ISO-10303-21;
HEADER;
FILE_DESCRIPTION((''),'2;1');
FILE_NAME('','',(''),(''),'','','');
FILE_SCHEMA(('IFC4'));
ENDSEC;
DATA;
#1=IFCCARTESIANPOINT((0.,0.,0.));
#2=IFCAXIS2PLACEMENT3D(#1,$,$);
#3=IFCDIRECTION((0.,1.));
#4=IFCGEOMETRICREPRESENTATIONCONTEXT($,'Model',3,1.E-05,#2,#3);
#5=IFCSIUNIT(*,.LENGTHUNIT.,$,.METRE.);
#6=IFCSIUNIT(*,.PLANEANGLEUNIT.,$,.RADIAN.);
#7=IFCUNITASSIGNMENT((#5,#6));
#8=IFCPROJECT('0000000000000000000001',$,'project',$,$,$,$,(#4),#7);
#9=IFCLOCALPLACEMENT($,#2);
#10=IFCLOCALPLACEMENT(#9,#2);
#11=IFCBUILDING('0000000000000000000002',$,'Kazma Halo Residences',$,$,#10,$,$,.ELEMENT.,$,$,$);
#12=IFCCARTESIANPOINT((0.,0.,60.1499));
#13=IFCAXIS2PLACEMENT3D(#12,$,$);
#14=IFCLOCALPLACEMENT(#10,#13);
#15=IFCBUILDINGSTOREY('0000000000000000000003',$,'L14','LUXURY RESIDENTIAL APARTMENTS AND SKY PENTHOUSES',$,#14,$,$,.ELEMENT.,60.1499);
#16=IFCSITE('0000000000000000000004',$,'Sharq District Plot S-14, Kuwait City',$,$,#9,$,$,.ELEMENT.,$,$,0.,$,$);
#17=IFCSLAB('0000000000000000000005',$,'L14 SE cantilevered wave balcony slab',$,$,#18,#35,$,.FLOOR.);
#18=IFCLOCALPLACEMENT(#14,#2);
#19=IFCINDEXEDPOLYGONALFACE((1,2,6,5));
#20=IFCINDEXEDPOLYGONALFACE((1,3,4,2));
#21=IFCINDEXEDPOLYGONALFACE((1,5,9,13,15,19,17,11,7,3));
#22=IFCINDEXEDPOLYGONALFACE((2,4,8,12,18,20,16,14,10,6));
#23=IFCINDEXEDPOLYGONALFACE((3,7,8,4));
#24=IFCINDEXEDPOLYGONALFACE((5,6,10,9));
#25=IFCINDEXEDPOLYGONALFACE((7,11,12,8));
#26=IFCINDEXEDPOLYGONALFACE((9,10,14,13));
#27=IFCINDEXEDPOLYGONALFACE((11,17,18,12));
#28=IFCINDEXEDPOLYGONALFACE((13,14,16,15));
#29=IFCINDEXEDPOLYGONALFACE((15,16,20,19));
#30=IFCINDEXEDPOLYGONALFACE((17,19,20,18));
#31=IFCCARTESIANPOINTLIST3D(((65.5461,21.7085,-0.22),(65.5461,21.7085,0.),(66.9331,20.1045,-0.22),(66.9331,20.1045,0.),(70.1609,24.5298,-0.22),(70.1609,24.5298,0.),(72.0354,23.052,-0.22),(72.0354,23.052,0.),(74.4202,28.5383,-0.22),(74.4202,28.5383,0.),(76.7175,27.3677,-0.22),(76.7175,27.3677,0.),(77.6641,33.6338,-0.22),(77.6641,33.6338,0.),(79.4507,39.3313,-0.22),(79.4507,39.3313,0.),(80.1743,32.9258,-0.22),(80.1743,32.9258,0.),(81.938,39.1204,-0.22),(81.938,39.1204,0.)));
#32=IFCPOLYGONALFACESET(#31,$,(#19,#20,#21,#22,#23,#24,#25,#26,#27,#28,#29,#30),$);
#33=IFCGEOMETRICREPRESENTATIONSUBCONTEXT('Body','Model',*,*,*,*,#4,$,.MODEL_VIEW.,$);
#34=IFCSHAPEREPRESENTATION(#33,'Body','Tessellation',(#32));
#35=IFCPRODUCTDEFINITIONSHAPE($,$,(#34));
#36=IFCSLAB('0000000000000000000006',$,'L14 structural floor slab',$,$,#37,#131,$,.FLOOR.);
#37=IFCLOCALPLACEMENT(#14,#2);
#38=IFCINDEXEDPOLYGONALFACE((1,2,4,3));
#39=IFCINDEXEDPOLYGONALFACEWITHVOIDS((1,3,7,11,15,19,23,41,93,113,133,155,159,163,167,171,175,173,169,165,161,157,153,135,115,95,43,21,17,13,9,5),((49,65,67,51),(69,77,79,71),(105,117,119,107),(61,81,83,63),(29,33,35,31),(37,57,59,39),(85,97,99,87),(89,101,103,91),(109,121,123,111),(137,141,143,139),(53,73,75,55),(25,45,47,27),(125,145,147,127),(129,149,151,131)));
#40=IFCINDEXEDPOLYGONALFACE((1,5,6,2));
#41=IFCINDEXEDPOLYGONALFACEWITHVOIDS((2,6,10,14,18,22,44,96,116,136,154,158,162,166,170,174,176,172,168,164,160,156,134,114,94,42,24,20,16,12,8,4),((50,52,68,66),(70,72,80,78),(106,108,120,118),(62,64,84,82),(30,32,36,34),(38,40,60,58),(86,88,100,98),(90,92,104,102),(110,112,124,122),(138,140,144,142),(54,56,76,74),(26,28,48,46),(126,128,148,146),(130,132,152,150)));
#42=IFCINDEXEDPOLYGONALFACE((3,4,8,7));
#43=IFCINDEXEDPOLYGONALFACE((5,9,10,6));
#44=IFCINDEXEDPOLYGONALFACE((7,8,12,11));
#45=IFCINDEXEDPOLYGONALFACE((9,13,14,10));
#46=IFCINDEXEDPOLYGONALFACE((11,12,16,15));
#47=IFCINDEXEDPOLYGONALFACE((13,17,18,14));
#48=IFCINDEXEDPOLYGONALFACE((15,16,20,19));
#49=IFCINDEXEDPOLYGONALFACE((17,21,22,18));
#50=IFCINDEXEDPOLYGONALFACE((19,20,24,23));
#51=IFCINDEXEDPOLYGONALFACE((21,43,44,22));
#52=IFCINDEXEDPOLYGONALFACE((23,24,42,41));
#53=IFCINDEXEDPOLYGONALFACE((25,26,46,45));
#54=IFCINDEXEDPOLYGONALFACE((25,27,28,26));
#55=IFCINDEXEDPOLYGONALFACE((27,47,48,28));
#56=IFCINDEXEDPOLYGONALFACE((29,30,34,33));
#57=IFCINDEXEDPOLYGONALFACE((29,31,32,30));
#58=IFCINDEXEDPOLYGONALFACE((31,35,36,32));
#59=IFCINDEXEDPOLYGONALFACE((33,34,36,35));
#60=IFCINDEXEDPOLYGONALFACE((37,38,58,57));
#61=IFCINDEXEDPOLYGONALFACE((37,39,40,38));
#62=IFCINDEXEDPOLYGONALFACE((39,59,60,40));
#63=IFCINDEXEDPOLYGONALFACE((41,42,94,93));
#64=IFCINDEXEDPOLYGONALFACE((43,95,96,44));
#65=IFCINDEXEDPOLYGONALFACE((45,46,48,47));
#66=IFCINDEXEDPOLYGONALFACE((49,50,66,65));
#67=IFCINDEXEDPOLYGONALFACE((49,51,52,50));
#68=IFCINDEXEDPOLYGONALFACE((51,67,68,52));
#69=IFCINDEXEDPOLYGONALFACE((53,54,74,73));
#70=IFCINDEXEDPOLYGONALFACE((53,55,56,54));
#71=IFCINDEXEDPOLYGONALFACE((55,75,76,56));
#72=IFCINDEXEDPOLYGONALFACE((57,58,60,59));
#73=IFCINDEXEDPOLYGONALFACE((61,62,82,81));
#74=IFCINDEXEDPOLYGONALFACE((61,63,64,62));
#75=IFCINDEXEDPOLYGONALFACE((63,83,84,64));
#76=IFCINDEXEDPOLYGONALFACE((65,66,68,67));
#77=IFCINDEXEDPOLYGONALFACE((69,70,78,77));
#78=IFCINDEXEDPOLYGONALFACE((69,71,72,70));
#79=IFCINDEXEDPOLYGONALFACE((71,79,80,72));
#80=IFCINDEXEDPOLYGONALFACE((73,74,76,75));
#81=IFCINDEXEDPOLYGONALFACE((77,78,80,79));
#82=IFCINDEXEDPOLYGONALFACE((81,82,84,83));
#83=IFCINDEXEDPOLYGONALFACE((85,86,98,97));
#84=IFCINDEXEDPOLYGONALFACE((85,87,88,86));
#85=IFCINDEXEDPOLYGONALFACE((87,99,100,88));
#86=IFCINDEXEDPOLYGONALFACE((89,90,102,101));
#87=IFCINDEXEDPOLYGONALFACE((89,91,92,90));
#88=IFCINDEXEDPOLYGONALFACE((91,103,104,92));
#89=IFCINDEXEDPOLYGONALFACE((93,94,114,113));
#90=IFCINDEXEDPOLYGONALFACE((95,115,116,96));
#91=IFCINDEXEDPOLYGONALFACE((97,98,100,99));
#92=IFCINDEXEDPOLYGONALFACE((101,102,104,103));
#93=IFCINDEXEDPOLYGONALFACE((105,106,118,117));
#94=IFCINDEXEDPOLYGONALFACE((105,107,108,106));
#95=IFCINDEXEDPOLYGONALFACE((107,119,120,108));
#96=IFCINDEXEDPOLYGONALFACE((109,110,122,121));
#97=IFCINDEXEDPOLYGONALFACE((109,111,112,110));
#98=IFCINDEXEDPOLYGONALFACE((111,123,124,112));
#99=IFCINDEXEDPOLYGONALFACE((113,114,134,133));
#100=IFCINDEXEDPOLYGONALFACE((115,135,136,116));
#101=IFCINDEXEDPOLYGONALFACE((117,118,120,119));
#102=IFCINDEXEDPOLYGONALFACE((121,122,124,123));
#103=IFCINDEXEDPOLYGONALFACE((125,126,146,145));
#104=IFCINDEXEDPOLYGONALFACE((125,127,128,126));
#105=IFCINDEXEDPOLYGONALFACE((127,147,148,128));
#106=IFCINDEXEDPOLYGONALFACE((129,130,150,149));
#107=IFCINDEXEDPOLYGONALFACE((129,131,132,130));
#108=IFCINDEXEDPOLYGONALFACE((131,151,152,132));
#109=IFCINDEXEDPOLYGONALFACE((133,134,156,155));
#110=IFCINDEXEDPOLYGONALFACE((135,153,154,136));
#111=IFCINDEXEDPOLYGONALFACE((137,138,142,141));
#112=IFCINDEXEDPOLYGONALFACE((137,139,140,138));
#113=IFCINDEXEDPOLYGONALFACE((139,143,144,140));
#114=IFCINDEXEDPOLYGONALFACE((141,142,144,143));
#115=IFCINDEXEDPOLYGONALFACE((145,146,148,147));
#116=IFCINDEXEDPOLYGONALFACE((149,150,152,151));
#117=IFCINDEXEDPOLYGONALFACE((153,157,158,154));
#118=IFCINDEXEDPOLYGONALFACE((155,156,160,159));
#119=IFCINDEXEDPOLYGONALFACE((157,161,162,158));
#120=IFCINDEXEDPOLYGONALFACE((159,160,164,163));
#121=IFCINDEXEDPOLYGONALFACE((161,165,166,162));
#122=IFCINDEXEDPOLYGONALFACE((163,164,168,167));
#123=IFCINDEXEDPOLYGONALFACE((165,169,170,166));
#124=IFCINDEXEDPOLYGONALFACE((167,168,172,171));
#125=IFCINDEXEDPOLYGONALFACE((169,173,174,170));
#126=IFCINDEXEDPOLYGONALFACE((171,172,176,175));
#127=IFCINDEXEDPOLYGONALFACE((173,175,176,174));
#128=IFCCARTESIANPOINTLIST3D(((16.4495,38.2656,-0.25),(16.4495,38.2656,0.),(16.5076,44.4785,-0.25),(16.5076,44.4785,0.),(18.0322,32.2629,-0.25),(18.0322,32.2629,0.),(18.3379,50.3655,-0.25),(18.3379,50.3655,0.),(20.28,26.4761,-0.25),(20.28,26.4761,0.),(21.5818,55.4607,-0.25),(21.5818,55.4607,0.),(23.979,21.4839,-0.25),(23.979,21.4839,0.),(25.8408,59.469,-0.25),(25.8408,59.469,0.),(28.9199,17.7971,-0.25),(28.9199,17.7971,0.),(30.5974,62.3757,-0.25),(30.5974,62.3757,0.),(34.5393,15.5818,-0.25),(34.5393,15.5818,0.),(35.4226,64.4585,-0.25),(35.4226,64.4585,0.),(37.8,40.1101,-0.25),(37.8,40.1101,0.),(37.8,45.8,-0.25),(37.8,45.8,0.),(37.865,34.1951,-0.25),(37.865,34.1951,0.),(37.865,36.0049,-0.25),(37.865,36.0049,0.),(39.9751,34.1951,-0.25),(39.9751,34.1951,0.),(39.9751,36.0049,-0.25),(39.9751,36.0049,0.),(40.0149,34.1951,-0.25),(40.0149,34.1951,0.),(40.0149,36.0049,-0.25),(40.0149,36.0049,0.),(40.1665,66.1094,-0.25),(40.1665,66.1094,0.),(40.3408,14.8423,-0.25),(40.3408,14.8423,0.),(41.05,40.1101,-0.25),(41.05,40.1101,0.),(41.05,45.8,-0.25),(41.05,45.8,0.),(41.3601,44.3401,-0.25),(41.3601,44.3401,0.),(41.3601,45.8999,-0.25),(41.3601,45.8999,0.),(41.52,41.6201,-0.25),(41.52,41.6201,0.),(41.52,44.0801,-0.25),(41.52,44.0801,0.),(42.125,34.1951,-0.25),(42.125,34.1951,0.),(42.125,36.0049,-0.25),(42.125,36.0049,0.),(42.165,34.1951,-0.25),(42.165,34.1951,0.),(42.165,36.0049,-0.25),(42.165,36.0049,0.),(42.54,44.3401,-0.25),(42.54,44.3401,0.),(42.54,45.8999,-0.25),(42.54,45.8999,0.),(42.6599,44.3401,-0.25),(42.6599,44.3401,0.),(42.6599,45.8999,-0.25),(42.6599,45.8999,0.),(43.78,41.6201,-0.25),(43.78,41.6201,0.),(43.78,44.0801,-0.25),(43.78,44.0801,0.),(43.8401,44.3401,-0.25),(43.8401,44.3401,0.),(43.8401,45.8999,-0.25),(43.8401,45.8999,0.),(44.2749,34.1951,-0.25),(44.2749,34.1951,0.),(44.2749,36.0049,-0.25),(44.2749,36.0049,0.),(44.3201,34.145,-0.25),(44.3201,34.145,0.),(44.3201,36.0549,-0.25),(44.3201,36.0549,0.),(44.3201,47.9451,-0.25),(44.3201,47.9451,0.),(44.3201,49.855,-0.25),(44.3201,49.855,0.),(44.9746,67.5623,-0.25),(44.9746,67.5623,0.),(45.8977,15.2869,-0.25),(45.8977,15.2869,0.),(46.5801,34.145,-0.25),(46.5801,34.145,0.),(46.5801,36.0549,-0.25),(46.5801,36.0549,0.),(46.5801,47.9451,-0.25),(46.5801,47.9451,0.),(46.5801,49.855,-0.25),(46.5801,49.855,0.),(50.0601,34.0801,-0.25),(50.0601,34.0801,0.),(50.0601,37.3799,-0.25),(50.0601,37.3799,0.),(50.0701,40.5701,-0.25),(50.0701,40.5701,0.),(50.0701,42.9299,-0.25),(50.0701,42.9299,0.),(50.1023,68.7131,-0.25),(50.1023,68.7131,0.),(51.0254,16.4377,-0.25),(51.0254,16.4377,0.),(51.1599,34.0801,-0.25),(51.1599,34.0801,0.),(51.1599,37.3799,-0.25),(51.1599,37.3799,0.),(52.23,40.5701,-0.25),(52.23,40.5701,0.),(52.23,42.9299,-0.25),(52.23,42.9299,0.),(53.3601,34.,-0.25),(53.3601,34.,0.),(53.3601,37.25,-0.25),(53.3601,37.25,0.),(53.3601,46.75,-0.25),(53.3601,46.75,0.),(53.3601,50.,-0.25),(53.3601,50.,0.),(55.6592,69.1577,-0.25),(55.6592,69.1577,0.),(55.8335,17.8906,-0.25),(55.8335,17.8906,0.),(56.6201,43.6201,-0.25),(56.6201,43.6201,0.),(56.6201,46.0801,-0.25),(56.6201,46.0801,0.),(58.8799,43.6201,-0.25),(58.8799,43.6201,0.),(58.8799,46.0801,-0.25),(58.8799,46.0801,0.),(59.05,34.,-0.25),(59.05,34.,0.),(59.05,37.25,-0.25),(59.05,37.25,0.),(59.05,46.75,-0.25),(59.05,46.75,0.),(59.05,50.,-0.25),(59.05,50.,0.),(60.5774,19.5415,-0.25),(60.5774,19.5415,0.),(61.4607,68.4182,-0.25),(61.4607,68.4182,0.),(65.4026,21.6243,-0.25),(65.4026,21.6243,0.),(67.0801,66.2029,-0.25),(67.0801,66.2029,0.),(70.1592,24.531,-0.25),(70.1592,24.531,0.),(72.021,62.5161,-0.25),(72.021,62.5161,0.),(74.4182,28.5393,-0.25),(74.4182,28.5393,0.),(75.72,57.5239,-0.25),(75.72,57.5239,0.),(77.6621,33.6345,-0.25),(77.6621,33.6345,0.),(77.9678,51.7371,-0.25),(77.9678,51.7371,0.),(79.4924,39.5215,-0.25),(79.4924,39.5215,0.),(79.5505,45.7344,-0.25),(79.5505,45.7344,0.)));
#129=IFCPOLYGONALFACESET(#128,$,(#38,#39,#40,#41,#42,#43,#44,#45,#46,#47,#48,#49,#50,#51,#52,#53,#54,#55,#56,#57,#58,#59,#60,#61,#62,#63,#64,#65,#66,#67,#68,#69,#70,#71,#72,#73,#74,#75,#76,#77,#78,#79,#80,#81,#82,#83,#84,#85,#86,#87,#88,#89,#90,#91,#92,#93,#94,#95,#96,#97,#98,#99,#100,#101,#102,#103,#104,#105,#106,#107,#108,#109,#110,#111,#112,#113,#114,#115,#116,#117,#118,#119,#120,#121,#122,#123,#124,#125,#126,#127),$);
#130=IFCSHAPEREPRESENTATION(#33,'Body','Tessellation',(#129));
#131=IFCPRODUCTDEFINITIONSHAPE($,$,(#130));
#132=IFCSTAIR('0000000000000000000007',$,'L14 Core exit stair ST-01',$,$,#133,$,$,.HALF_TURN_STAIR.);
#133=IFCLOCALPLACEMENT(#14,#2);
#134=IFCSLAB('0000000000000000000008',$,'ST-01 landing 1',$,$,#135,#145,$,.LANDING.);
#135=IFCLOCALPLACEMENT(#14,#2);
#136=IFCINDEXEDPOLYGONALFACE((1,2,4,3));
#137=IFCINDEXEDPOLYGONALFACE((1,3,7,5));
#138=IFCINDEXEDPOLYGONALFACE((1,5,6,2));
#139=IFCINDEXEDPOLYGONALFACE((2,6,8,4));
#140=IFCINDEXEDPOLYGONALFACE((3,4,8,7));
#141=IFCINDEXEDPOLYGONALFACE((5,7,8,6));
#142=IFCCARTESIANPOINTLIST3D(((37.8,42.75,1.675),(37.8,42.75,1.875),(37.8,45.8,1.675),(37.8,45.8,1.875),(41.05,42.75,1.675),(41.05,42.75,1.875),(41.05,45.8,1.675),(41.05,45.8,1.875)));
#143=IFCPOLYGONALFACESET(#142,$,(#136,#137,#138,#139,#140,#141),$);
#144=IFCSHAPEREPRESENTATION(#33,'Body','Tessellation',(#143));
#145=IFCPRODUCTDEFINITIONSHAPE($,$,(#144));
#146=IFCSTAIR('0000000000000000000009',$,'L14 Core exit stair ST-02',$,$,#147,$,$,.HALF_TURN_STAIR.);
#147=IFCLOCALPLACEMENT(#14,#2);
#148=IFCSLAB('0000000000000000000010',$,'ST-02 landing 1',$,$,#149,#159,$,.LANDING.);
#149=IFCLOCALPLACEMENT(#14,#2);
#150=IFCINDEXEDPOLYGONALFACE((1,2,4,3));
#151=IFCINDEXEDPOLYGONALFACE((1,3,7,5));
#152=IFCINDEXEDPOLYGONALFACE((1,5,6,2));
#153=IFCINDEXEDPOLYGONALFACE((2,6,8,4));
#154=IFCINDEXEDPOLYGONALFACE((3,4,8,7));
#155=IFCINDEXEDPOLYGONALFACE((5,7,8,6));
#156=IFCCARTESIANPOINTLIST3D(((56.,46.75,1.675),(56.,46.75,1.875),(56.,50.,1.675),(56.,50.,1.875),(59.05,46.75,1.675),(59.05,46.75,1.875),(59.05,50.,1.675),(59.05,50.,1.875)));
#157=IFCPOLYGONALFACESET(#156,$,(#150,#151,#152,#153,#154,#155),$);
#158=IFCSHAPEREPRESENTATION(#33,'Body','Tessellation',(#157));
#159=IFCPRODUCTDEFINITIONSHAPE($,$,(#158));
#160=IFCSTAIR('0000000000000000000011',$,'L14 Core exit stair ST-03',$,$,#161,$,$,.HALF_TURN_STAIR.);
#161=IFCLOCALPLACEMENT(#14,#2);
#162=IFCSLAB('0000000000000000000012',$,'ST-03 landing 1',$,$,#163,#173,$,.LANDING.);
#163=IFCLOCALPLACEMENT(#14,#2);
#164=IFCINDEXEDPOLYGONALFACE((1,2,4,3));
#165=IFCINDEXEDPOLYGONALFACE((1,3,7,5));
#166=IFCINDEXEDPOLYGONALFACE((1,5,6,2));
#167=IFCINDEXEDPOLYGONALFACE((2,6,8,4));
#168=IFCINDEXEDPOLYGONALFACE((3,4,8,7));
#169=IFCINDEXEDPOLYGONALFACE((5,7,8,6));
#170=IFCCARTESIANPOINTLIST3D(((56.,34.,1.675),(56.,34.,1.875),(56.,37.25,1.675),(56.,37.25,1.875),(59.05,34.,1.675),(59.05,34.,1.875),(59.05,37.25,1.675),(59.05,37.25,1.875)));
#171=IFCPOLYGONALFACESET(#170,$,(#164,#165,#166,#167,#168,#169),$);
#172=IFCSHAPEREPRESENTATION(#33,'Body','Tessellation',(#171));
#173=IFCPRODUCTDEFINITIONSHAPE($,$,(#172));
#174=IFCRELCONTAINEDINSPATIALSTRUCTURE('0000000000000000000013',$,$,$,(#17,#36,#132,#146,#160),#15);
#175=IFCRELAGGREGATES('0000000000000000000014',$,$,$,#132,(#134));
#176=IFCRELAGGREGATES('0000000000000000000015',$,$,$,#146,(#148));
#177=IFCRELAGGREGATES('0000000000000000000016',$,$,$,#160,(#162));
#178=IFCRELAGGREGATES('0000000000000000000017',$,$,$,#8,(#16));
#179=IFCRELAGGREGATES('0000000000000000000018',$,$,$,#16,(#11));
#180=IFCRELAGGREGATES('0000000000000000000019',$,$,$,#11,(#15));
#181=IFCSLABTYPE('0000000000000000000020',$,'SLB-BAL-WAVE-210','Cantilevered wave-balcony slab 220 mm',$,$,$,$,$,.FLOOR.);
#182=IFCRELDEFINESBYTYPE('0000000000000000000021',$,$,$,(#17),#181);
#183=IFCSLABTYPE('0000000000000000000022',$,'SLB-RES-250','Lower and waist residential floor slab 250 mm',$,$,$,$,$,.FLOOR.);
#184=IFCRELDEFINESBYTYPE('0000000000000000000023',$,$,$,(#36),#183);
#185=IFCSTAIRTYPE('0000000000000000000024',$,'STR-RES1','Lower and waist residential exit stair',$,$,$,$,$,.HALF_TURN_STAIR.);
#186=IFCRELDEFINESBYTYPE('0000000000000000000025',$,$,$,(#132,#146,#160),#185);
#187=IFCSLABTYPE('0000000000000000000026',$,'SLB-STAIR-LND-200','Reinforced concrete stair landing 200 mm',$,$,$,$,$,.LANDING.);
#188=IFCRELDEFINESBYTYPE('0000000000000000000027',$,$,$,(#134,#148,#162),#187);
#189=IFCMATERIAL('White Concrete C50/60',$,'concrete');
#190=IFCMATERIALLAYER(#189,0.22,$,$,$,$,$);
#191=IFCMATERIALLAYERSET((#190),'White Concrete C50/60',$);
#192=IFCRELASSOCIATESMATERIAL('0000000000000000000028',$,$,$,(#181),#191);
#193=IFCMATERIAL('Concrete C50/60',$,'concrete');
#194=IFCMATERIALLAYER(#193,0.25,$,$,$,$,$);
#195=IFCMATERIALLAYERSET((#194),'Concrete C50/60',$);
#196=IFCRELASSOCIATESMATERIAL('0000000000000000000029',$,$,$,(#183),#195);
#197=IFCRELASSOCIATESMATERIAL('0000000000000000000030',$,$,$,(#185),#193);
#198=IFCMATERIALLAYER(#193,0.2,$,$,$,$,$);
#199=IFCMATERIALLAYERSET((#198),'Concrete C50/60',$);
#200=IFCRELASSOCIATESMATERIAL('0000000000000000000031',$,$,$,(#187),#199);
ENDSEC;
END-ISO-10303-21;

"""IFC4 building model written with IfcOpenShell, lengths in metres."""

from ifc_helpers import new_model, si_unit, direction, frame, origin, place, context, subcontext, project, spatial, polyline, outline, extrude, material, layer, layer_set, type_object, element, aggregate, save


model = new_model("IFC4")

# Units and contexts
model_context = context("Model", 3, precision=1e-05, world=origin(), true_north=direction((0.0, 1.0)))
body_context = subcontext(model_context, "Body", "Model", "MODEL_VIEW")
ifc_project = project(units=[si_unit("LENGTHUNIT", "METRE"), si_unit("PLANEANGLEUNIT", "RADIAN")], contexts=[model_context])

# Site, building, storey
site_placement = place(None, origin())
site = spatial("IfcSite", under=ifc_project, at=site_placement, Name="Sharq District Plot S-14, Kuwait City", CompositionType="ELEMENT", RefElevation=0.0)
building_placement = place(site_placement, origin())
building = spatial("IfcBuilding", under=site, at=building_placement, Name="Kazma Halo Residences", CompositionType="ELEMENT")
storey_placement = place(building_placement, frame((0.0, 0.0, 60.1499)))
storey = spatial("IfcBuildingStorey", under=building, at=storey_placement, Name="L14", Description="LUXURY RESIDENTIAL APARTMENTS AND SKY PENTHOUSES", CompositionType="ELEMENT", Elevation=60.1499)

# Slabs
ifc_material_1 = material(Name="White Concrete C50/60", Category="concrete")
ifc_layer_1 = layer(ifc_material_1, 0.22)
ifc_layer_set_1 = layer_set([ifc_layer_1], Name="White Concrete C50/60")
slab_type_1 = type_object("IfcSlabType", Name="SLB-BAL-WAVE-210", Description="Cantilevered wave-balcony slab 220 mm", PredefinedType="FLOOR", material=ifc_layer_set_1)
slab_1_placement = place(storey_placement, frame((0.0, 0.0, -0.22)))
element("IfcSlab", 1, at=slab_1_placement, inside=storey, type_object=slab_type_1, Name="L14 SE cantilevered wave balcony slab", PredefinedType="FLOOR", context=body_context, shape_type="SweptSolid", body=[
    extrude(outline(polyline([(65.5461, 21.7085), (70.1609, 24.5298), (74.4202, 28.5383), (77.6641, 33.6338), (79.4507, 39.3313), (81.938, 39.1204), (80.1743, 32.9258), (76.7175, 27.3677), (72.0354, 23.052), (66.9331, 20.1045), (65.5461, 21.7085)])), origin(), (0.0, 0.0, 1.0), 0.22),
])
ifc_material_2 = material(Name="Concrete C50/60", Category="concrete")
ifc_layer_2 = layer(ifc_material_2, 0.25)
ifc_layer_set_2 = layer_set([ifc_layer_2], Name="Concrete C50/60")
slab_type_2 = type_object("IfcSlabType", Name="SLB-RES-250", Description="Lower and waist residential floor slab 250 mm", PredefinedType="FLOOR", material=ifc_layer_set_2)
slab_2_placement = place(storey_placement, frame((0.0, 0.0, -0.25)))
element("IfcSlab", 2, at=slab_2_placement, inside=storey, type_object=slab_type_2, Name="L14 structural floor slab", PredefinedType="FLOOR", context=body_context, shape_type="SweptSolid", body=[
    extrude(outline(polyline([(77.9678, 51.7371), (75.72, 57.5239), (72.021, 62.5161), (67.0801, 66.2029), (61.4607, 68.4182), (55.6592, 69.1577), (50.1023, 68.7131), (44.9746, 67.5623), (40.1665, 66.1094), (35.4226, 64.4585), (30.5974, 62.3757), (25.8408, 59.469), (21.5818, 55.4607), (18.3379, 50.3655), (16.5076, 44.4785), (16.4495, 38.2656), (18.0322, 32.2629), (20.28, 26.4761), (23.979, 21.4839), (28.9199, 17.7971), (34.5393, 15.5818), (40.3408, 14.8423), (45.8977, 15.2869), (51.0254, 16.4377), (55.8335, 17.8906), (60.5774, 19.5415), (65.4026, 21.6243), (70.1592, 24.531), (74.4182, 28.5393), (77.6621, 33.6345), (79.4924, 39.5215), (79.5505, 45.7344), (77.9678, 51.7371)]), holes=[polyline([(37.8, 40.1101), (41.05, 40.1101), (41.05, 45.8), (37.8, 45.8), (37.8, 40.1101)]), polyline([(53.3601, 46.75), (59.05, 46.75), (59.05, 50.0), (53.3601, 50.0), (53.3601, 46.75)]), polyline([(53.3601, 34.0), (59.05, 34.0), (59.05, 37.25), (53.3601, 37.25), (53.3601, 34.0)]), polyline([(41.52, 41.6201), (43.78, 41.6201), (43.78, 44.0801), (41.52, 44.0801), (41.52, 41.6201)]), polyline([(56.6201, 43.6201), (58.8799, 43.6201), (58.8799, 46.0801), (56.6201, 46.0801), (56.6201, 43.6201)]), polyline([(37.865, 34.1951), (39.9751, 34.1951), (39.9751, 36.0049), (37.865, 36.0049), (37.865, 34.1951)]), polyline([(40.0149, 34.1951), (42.125, 34.1951), (42.125, 36.0049), (40.0149, 36.0049), (40.0149, 34.1951)]), polyline([(42.165, 34.1951), (44.2749, 34.1951), (44.2749, 36.0049), (42.165, 36.0049), (42.165, 34.1951)]), polyline([(44.3201, 47.9451), (46.5801, 47.9451), (46.5801, 49.855), (44.3201, 49.855), (44.3201, 47.9451)]), polyline([(44.3201, 34.145), (46.5801, 34.145), (46.5801, 36.0549), (44.3201, 36.0549), (44.3201, 34.145)]), polyline([(50.0701, 40.5701), (52.23, 40.5701), (52.23, 42.9299), (50.0701, 42.9299), (50.0701, 40.5701)]), polyline([(41.3601, 44.3401), (42.54, 44.3401), (42.54, 45.8999), (41.3601, 45.8999), (41.3601, 44.3401)]), polyline([(42.6599, 44.3401), (43.8401, 44.3401), (43.8401, 45.8999), (42.6599, 45.8999), (42.6599, 44.3401)]), polyline([(50.0601, 34.0801), (51.1599, 34.0801), (51.1599, 37.3799), (50.0601, 37.3799), (50.0601, 34.0801)])]), origin(), (0.0, 0.0, 1.0), 0.25),
])

# Stairs, slabs
stair_type = type_object("IfcStairType", Name="STR-RES1", Description="Lower and waist residential exit stair", PredefinedType="HALF_TURN_STAIR", material=ifc_material_2)
stair_1_placement = place(storey_placement, origin())
stair_1 = element("IfcStair", 3, at=stair_1_placement, inside=storey, type_object=stair_type, Name="L14 Core exit stair ST-01", PredefinedType="HALF_TURN_STAIR")
ifc_layer_3 = layer(ifc_material_2, 0.2)
ifc_layer_set_3 = layer_set([ifc_layer_3], Name="Concrete C50/60")
slab_type_3 = type_object("IfcSlabType", Name="SLB-STAIR-LND-200", Description="Reinforced concrete stair landing 200 mm", PredefinedType="LANDING", material=ifc_layer_set_3)
slab_3_placement = place(storey_placement, frame((0.0, 0.0, 1.675)))
slab_3 = element("IfcSlab", 4, at=slab_3_placement, type_object=slab_type_3, Name="ST-01 landing 1", PredefinedType="LANDING", context=body_context, shape_type="SweptSolid", body=[
    extrude(outline(polyline([(41.05, 42.75), (41.05, 45.8), (37.8, 45.8), (37.8, 42.75), (41.05, 42.75)])), origin(), (0.0, 0.0, 1.0), 0.2),
])
aggregate(stair_1, [slab_3])
stair_2_placement = place(storey_placement, origin())
stair_2 = element("IfcStair", 5, at=stair_2_placement, inside=storey, type_object=stair_type, Name="L14 Core exit stair ST-02", PredefinedType="HALF_TURN_STAIR")
slab_4_placement = place(storey_placement, frame((0.0, 0.0, 1.675)))
slab_4 = element("IfcSlab", 6, at=slab_4_placement, type_object=slab_type_3, Name="ST-02 landing 1", PredefinedType="LANDING", context=body_context, shape_type="SweptSolid", body=[
    extrude(outline(polyline([(56.0, 46.75), (59.05, 46.75), (59.05, 50.0), (56.0, 50.0), (56.0, 46.75)])), origin(), (0.0, 0.0, 1.0), 0.2),
])
aggregate(stair_2, [slab_4])
stair_3_placement = place(storey_placement, origin())
stair_3 = element("IfcStair", 7, at=stair_3_placement, inside=storey, type_object=stair_type, Name="L14 Core exit stair ST-03", PredefinedType="HALF_TURN_STAIR")
slab_5_placement = place(storey_placement, frame((0.0, 0.0, 1.675)))
slab_5 = element("IfcSlab", 8, at=slab_5_placement, type_object=slab_type_3, Name="ST-03 landing 1", PredefinedType="LANDING", context=body_context, shape_type="SweptSolid", body=[
    extrude(outline(polyline([(56.0, 34.0), (59.05, 34.0), (59.05, 37.25), (56.0, 37.25), (56.0, 34.0)])), origin(), (0.0, 0.0, 1.0), 0.2),
])
aggregate(stair_3, [slab_5])

save(model, "model.ifc")
